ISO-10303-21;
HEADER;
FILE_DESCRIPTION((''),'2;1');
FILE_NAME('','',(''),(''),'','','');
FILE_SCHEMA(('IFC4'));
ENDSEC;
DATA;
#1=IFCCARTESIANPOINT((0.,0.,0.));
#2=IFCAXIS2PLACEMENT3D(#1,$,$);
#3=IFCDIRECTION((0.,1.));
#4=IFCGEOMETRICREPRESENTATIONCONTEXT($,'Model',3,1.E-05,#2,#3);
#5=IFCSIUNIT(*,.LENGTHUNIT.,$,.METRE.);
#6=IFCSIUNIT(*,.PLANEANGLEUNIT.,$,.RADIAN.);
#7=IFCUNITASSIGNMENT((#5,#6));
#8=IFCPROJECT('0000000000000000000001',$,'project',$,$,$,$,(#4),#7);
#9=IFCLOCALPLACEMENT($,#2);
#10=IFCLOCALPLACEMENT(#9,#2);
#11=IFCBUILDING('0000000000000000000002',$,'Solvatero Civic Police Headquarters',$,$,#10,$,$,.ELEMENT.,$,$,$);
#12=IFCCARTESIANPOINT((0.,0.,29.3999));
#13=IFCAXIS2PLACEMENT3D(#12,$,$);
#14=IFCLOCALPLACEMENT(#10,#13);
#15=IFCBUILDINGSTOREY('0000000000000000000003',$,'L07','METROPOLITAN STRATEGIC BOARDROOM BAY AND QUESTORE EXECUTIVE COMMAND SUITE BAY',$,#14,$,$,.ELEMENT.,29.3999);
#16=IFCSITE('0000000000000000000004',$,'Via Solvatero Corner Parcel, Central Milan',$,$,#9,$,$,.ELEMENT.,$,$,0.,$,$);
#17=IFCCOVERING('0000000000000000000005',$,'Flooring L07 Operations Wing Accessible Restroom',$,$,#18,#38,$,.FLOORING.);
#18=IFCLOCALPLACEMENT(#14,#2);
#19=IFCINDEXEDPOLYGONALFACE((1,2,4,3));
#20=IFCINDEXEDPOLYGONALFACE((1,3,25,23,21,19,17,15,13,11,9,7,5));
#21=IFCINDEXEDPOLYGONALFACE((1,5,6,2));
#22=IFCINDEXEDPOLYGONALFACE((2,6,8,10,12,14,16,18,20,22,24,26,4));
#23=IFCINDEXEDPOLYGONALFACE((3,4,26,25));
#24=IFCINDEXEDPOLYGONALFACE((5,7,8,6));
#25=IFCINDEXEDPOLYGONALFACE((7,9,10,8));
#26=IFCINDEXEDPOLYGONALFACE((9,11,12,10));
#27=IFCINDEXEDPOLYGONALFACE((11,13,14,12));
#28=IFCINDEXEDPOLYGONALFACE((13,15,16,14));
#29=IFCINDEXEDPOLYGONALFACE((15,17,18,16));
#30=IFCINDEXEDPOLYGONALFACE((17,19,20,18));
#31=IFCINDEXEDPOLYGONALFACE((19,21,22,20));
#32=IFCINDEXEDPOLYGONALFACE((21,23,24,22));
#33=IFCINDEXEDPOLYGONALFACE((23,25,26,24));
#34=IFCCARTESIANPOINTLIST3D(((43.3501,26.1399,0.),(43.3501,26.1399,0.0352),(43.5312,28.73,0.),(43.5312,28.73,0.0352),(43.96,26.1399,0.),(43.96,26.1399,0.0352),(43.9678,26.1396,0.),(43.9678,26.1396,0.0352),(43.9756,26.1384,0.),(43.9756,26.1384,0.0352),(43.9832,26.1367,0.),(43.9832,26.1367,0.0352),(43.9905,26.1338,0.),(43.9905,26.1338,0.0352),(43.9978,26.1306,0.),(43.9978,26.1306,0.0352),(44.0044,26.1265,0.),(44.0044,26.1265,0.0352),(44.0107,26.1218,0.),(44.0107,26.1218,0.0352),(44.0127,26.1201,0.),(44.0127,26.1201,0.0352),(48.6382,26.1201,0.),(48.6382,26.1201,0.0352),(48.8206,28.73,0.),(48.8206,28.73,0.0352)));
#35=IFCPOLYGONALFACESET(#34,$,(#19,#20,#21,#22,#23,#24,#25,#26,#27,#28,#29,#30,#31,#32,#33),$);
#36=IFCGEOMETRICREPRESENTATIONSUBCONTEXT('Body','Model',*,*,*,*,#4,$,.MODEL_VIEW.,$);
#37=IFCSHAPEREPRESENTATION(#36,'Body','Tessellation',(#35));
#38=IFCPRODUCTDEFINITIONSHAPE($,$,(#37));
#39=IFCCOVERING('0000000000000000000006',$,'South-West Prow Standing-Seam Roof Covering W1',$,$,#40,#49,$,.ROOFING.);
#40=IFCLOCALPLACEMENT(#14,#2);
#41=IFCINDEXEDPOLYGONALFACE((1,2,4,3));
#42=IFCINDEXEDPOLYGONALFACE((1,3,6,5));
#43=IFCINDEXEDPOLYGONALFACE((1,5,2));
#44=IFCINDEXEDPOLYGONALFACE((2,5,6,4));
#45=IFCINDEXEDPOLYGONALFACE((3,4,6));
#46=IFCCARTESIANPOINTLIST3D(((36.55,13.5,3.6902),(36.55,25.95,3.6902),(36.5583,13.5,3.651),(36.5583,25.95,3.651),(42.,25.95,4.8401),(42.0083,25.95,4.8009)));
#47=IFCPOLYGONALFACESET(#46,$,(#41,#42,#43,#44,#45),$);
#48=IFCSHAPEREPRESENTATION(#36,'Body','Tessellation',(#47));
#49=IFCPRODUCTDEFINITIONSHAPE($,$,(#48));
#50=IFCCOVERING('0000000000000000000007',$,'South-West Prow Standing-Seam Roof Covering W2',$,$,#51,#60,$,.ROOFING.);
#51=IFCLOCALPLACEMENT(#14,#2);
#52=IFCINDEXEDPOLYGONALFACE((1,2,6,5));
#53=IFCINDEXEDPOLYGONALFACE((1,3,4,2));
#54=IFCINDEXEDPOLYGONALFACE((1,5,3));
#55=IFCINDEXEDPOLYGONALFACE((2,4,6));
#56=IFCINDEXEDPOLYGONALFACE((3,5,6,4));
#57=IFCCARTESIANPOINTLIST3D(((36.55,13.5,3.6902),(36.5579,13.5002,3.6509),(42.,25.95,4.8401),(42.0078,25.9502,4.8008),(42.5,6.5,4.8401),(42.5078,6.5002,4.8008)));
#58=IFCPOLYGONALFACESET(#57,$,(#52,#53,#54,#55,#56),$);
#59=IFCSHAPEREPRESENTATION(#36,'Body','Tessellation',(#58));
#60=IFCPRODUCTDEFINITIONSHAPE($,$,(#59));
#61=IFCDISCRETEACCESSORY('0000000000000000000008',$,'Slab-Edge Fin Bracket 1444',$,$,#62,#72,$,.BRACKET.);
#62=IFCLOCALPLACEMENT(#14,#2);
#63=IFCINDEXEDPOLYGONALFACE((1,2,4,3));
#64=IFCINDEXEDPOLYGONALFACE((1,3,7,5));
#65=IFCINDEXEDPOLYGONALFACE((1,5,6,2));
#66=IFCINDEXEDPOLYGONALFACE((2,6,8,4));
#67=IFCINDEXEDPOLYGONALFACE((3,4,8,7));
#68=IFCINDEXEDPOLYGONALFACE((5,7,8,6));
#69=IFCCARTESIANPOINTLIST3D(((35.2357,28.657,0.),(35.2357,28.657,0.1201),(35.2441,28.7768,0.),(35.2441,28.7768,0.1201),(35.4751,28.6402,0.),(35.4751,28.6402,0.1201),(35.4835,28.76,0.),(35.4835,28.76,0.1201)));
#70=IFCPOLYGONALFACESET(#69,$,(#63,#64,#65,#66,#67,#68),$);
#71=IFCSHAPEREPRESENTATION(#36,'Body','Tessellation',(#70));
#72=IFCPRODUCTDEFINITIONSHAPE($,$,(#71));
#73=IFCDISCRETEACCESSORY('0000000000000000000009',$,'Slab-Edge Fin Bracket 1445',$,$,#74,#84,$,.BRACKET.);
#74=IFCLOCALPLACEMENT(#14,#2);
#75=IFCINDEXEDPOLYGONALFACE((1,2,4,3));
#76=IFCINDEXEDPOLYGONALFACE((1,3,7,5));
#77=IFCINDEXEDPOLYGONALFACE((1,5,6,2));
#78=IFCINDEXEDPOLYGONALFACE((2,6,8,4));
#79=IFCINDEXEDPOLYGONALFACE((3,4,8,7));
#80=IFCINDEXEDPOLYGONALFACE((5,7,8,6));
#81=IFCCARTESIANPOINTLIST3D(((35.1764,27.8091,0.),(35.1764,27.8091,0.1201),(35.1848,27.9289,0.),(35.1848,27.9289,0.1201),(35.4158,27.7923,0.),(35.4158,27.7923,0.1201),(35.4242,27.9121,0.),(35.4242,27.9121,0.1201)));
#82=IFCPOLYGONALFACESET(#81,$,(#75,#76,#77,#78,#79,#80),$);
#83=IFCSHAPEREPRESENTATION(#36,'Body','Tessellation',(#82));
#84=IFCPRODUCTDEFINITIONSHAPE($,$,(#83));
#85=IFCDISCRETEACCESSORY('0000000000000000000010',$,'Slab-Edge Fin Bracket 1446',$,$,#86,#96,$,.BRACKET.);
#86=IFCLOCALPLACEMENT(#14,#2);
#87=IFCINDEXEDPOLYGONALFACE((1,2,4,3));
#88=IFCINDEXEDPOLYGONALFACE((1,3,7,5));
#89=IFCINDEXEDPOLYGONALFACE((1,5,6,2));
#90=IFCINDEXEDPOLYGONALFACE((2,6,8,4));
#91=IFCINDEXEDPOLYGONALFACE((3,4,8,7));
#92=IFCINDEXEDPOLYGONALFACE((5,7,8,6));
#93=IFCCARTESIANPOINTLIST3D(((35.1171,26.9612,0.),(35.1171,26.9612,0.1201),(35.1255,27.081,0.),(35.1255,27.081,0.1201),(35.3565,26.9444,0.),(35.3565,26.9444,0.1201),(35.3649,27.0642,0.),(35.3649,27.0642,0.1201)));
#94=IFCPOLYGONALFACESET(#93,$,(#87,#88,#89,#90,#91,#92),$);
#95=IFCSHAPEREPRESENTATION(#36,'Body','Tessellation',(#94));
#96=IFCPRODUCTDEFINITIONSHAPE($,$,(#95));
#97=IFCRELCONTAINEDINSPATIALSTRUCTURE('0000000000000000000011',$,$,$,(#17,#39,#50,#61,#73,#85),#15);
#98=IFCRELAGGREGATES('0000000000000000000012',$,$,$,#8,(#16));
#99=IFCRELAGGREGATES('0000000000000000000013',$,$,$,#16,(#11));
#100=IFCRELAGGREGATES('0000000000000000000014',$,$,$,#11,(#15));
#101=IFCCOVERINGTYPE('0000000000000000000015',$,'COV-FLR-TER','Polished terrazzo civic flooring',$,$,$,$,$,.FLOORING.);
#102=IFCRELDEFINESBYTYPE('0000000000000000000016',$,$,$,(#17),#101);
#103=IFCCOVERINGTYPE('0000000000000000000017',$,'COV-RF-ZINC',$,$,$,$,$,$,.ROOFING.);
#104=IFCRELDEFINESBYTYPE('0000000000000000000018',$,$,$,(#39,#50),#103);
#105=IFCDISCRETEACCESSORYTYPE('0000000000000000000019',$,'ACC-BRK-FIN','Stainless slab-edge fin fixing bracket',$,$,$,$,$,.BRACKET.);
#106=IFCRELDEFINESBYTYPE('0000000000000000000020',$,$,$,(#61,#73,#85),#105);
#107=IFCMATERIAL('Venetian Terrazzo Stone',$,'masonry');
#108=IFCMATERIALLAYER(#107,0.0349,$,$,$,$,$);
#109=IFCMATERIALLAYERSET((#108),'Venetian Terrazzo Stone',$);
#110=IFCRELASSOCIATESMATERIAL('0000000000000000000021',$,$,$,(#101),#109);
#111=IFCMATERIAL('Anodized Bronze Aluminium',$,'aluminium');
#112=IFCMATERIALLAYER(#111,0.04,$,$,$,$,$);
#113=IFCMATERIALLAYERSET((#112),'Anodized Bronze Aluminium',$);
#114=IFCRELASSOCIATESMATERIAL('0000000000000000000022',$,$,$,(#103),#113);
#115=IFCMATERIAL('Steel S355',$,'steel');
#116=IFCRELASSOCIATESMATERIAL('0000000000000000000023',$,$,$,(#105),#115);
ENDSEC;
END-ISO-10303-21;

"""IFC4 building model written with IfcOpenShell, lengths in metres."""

from ifc_helpers import new_model, si_unit, direction, frame, origin, origin_2d, place, context, subcontext, project, spatial, polyline, rectangle, outline, extrude, material, layer, layer_set, type_object, element, save


model = new_model("IFC4")

# Units and contexts
model_context = context("Model", 3, precision=1e-05, world=origin(), true_north=direction((0.0, 1.0)))
body_context = subcontext(model_context, "Body", "Model", "MODEL_VIEW")
ifc_project = project(units=[si_unit("LENGTHUNIT", "METRE"), si_unit("PLANEANGLEUNIT", "RADIAN")], contexts=[model_context])

# Site, building, storey
site_placement = place(None, origin())
site = spatial("IfcSite", under=ifc_project, at=site_placement, Name="Via Solvatero Corner Parcel, Central Milan", CompositionType="ELEMENT", RefElevation=0.0)
building_placement = place(site_placement, origin())
building = spatial("IfcBuilding", under=site, at=building_placement, Name="Solvatero Civic Police Headquarters", CompositionType="ELEMENT")
storey_placement = place(building_placement, frame((0.0, 0.0, 29.3999)))
storey = spatial("IfcBuildingStorey", under=building, at=storey_placement, Name="L07", Description="METROPOLITAN STRATEGIC BOARDROOM BAY AND QUESTORE EXECUTIVE COMMAND SUITE BAY", CompositionType="ELEMENT", Elevation=29.3999)

# Shared definitions
ifc_material_1 = material(Name="Steel S355", Category="steel")

# Shared definitions
ifc_material_2 = material(Name="Anodized Bronze Aluminium", Category="aluminium")

# Coverings
ifc_material_3 = material(Name="Venetian Terrazzo Stone", Category="masonry")
ifc_layer_1 = layer(ifc_material_3, 0.0349)
ifc_layer_set_1 = layer_set([ifc_layer_1], Name="Venetian Terrazzo Stone")
covering_type_1 = type_object("IfcCoveringType", Name="COV-FLR-TER", Description="Polished terrazzo civic flooring", PredefinedType="FLOORING", material=ifc_layer_set_1)
covering_1_placement = place(storey_placement, origin())
element("IfcCovering", 1, at=covering_1_placement, inside=storey, type_object=covering_type_1, Name="Flooring L07 Operations Wing Accessible Restroom", PredefinedType="FLOORING", context=body_context, shape_type="SweptSolid", body=[
    extrude(outline(polyline([(44.0127, 26.1201), (44.0107, 26.1218), (44.0044, 26.1265), (43.9978, 26.1306), (43.9905, 26.1338), (43.9832, 26.1367), (43.9756, 26.1384), (43.9678, 26.1396), (43.96, 26.1399), (43.3501, 26.1399), (43.5312, 28.73), (48.8206, 28.73), (48.6382, 26.1201), (44.0127, 26.1201)])), origin(), (0.0, 0.0, 1.0), 0.0352),
])
ifc_layer_2 = layer(ifc_material_2, 0.04)
ifc_layer_set_2 = layer_set([ifc_layer_2], Name="Anodized Bronze Aluminium")
covering_type_2 = type_object("IfcCoveringType", Name="COV-RF-ZINC", PredefinedType="ROOFING", material=ifc_layer_set_2)
covering_2_placement = place(storey_placement, frame((36.55, 25.95, 3.6902), z_axis=(-0.206448, 0.0, 0.978458), x_axis=(0.0, -1.0, 0.0)))
element("IfcCovering", 2, at=covering_2_placement, inside=storey, type_object=covering_type_2, Name="South-West Prow Standing-Seam Roof Covering W1", PredefinedType="ROOFING", context=body_context, shape_type="SweptSolid", body=[
    extrude(outline(polyline([(0.0, 0.0), (12.45, 0.0), (0.0, 5.5699), (0.0, 0.0)])), origin(), (0.0, 0.0, -1.0), 0.04),
])
covering_3_placement = place(storey_placement, frame((36.55, 13.5, 3.6902), z_axis=(-0.195444, -0.005024, 0.980702), x_axis=(0.642631, -0.756043, 0.124196)))
element("IfcCovering", 3, at=covering_3_placement, inside=storey, type_object=covering_type_2, Name="South-West Prow Standing-Seam Roof Covering W2", PredefinedType="ROOFING", context=body_context, shape_type="SweptSolid", body=[
    extrude(outline(polyline([(0.0, 0.0), (9.2587, 0.0), (-5.7676, 12.3596), (0.0, 0.0)])), origin(), (0.0, 0.0, -1.0), 0.04),
])

# Discrete accessories
discrete_accessory_type = type_object("IfcDiscreteAccessoryType", Name="ACC-BRK-FIN", Description="Stainless slab-edge fin fixing bracket", PredefinedType="BRACKET", material=ifc_material_1)
for number, where, z_axis, x_axis, name in (
    (4, (35.3596, 28.7085, 0.0), (0.0, 0.0, 1.0), (-0.069739, -0.997565, 0.0), "Slab-Edge Fin Bracket 1444"),
    (5, (35.3003, 27.8606, 0.0), (0.0, 0.0, 1.0), (-0.069739, -0.997565, 0.0), "Slab-Edge Fin Bracket 1445"),
    (6, (35.241, 27.0127, 0.0), (0.0, 0.0, 1.0), (-0.069739, -0.997565, 0.0), "Slab-Edge Fin Bracket 1446"),
):
    element("IfcDiscreteAccessory", number, at=place(storey_placement, frame(where, z_axis=z_axis, x_axis=x_axis)), inside=storey, type_object=discrete_accessory_type, Name=name, PredefinedType="BRACKET", context=body_context, shape_type="SweptSolid", body=[
        extrude(rectangle(XDim=0.1201, YDim=0.24, at=origin_2d()), origin(), (0.0, 0.0, 1.0), 0.1201),
    ])

save(model, "model.ifc")
